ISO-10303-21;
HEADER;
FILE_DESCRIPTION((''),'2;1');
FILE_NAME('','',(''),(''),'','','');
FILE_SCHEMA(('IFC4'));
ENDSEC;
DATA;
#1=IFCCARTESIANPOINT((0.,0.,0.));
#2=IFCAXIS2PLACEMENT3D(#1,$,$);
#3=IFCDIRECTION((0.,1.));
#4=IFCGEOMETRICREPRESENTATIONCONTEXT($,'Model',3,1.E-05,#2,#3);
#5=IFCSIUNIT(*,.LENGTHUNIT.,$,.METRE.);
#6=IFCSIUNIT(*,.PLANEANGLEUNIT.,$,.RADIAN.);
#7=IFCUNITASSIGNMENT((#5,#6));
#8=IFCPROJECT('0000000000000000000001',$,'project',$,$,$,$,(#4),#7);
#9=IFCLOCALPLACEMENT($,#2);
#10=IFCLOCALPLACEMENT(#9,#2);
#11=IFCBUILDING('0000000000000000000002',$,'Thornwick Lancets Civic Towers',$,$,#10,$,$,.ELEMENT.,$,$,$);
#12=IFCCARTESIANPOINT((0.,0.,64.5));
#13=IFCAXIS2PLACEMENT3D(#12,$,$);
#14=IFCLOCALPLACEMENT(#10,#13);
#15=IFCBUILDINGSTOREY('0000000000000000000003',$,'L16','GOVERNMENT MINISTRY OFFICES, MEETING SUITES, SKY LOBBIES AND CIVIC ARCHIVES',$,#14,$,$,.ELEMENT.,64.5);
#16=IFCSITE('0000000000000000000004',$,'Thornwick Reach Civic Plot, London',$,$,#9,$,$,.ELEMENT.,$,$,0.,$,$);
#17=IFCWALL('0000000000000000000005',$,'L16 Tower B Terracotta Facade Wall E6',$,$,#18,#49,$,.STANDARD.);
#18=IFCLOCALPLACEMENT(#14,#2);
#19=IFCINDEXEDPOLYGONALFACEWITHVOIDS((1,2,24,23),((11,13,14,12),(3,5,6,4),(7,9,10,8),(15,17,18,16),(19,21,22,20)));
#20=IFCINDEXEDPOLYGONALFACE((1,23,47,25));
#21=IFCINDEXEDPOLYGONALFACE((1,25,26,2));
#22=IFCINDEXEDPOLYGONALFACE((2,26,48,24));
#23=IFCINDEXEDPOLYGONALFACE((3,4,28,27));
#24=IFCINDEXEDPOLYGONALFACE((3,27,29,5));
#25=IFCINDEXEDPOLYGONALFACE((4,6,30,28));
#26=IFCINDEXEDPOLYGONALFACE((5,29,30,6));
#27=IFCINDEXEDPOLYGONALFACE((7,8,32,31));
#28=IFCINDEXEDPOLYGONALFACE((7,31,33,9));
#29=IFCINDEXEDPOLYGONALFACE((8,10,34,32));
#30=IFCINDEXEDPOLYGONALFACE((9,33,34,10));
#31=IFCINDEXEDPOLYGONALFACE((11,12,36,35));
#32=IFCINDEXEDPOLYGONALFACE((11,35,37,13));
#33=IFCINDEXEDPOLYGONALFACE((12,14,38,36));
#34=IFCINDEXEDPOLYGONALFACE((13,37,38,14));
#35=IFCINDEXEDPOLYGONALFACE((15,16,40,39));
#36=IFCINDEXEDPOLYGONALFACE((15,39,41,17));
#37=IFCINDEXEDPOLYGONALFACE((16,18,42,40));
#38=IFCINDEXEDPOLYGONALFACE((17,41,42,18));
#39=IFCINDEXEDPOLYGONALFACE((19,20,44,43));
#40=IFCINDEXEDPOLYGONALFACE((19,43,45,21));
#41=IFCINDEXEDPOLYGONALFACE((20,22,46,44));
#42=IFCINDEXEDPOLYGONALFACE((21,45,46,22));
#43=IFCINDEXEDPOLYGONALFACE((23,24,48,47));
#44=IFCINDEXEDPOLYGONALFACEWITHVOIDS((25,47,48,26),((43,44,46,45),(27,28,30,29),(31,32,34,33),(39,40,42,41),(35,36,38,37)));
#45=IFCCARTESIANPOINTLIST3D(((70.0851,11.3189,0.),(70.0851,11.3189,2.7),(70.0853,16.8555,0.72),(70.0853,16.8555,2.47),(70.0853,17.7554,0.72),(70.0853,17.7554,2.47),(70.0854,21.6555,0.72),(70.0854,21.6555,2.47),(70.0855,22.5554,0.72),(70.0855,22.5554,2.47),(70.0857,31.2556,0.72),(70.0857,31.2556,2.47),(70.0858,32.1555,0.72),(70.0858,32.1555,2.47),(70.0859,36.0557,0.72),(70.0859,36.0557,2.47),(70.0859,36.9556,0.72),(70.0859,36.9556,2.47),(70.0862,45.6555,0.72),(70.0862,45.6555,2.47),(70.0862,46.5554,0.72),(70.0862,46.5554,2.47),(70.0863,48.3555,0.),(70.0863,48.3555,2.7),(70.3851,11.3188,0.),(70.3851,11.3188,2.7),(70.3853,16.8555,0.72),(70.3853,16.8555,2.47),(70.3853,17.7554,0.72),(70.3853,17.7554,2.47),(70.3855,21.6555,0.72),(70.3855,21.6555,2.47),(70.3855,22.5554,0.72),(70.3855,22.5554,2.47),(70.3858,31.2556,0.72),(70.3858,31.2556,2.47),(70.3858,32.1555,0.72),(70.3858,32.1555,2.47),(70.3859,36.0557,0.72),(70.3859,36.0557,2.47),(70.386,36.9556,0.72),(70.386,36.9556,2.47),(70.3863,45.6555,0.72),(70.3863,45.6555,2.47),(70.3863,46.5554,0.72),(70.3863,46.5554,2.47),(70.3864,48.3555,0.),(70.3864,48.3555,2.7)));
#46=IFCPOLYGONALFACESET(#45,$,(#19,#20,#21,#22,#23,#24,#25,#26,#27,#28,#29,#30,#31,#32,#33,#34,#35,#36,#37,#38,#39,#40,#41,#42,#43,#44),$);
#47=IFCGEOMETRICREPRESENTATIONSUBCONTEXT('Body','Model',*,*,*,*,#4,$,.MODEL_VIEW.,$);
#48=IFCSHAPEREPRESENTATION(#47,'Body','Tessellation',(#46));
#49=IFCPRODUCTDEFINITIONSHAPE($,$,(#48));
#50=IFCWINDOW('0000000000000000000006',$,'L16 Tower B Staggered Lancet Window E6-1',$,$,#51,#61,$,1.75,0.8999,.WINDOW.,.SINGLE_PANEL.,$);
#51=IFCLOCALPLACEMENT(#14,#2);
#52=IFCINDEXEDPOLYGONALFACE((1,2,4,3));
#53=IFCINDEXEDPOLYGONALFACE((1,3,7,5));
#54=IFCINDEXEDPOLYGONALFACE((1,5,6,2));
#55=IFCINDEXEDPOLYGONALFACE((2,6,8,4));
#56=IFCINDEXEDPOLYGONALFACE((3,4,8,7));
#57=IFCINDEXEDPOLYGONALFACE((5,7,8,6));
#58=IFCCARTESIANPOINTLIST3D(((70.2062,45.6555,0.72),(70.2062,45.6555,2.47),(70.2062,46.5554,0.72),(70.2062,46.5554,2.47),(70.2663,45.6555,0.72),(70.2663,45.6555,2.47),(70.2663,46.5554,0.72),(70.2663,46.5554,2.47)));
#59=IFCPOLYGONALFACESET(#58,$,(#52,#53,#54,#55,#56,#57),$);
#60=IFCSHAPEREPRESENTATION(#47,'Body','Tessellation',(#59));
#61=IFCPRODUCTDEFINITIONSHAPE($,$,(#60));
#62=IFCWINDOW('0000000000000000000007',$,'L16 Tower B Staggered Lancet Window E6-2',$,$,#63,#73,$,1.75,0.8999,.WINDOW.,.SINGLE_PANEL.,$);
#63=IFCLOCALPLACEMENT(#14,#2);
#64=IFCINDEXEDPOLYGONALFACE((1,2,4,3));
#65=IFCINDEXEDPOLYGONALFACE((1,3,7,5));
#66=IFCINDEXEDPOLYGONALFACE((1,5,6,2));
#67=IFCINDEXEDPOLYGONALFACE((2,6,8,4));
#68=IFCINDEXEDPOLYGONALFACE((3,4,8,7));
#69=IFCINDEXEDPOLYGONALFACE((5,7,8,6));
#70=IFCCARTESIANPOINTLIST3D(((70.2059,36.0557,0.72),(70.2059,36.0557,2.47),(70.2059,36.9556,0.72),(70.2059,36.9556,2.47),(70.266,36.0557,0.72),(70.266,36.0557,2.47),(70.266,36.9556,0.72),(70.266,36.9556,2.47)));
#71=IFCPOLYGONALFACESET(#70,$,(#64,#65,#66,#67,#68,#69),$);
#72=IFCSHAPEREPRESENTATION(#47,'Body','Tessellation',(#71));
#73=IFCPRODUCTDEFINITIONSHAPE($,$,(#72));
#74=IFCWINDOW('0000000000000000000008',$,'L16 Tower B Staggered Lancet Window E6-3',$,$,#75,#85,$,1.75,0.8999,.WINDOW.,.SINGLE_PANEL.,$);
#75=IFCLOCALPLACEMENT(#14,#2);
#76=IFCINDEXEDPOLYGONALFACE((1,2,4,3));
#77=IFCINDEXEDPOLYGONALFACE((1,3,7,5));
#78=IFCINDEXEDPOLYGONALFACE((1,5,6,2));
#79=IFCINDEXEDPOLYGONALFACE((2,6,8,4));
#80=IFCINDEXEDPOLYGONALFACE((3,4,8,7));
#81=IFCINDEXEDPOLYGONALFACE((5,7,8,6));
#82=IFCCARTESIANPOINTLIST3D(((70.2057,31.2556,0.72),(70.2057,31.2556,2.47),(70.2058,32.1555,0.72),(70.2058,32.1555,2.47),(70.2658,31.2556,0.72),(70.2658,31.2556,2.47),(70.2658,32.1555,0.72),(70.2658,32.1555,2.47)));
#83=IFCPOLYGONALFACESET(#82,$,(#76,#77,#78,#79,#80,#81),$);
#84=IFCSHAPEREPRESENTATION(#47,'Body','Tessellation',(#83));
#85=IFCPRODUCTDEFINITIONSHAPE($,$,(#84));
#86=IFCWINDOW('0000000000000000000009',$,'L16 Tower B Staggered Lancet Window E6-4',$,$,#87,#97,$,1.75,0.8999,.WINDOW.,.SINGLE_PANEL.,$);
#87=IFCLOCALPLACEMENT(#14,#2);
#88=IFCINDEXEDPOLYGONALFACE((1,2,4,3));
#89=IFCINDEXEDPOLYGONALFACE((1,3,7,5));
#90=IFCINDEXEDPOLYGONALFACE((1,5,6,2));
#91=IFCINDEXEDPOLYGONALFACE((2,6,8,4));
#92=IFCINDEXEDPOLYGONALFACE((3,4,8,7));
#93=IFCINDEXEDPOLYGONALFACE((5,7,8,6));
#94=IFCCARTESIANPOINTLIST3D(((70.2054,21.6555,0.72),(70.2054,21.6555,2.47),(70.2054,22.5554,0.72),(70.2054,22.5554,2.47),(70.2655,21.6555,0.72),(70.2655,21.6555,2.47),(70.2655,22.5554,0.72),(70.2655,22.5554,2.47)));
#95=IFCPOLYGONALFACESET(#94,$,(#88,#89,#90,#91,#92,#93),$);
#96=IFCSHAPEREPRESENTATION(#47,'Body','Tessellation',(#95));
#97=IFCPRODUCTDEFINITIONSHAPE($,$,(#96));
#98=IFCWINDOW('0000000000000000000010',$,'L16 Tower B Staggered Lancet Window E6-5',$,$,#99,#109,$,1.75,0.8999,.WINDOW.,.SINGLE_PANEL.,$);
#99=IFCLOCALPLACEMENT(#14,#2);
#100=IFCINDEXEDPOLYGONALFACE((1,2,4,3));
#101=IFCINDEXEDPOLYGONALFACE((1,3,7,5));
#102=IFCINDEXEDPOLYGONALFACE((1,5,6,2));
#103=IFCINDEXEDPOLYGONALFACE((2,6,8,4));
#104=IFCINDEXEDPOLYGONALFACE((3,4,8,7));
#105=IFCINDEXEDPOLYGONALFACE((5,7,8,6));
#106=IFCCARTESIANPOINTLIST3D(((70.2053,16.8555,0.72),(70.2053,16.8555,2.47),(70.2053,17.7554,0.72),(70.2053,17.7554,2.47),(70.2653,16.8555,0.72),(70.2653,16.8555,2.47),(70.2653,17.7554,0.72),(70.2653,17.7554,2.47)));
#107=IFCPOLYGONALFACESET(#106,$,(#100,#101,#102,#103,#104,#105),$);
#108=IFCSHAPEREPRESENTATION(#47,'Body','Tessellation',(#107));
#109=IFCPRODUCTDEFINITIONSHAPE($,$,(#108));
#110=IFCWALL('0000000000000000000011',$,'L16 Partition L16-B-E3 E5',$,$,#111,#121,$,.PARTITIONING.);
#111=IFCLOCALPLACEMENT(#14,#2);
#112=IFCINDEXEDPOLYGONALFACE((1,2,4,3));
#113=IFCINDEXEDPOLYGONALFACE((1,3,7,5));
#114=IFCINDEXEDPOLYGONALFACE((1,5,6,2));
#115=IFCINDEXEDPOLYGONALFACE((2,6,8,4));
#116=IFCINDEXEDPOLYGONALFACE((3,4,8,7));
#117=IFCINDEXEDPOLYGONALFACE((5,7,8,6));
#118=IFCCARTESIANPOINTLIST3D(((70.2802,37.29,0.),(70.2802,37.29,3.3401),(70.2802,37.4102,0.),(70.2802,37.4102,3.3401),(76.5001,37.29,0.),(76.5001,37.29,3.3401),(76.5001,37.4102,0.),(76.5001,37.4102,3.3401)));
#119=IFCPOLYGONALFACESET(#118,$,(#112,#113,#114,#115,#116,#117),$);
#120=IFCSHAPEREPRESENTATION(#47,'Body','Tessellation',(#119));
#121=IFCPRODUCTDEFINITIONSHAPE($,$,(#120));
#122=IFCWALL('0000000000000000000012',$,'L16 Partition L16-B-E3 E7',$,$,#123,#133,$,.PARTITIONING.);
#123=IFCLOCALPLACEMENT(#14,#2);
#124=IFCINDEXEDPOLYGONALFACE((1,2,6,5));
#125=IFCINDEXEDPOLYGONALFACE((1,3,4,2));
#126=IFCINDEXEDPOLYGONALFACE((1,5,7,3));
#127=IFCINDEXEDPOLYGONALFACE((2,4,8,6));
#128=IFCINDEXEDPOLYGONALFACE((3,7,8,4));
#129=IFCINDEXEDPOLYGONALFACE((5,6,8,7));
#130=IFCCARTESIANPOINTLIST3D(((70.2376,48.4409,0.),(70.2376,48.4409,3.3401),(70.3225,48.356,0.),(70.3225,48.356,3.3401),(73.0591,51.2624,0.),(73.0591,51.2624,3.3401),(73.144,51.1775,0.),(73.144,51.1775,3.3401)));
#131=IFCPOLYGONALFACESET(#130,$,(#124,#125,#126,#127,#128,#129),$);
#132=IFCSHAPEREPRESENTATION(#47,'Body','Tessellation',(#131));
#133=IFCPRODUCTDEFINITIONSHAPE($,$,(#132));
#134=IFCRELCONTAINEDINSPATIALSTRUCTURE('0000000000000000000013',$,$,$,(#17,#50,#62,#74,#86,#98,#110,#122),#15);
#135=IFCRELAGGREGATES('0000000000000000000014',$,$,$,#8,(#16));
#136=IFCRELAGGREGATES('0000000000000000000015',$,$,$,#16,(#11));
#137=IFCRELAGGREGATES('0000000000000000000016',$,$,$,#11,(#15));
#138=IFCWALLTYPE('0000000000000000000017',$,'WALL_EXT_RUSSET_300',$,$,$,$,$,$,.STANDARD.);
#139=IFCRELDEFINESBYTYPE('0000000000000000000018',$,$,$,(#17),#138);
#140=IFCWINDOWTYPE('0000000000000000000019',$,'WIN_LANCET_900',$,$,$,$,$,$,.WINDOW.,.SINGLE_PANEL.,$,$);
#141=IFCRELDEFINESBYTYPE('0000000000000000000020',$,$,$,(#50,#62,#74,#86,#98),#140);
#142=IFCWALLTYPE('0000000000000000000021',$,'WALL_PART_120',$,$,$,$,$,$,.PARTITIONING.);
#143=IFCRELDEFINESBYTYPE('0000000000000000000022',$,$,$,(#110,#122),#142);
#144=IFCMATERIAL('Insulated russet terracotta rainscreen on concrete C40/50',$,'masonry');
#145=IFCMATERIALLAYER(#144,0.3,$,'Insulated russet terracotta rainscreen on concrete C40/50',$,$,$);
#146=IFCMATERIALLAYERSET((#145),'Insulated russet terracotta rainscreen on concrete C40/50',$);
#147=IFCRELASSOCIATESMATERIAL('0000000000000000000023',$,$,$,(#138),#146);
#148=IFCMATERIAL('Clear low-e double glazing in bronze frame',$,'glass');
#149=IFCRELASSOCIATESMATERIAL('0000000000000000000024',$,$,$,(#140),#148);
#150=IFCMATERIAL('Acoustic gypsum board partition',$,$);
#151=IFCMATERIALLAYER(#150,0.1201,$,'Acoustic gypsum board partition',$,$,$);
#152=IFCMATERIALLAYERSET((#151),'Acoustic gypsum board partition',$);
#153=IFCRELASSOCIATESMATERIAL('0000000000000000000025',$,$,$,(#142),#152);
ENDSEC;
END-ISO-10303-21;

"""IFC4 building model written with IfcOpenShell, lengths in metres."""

from ifc_helpers import new_model, si_unit, direction, frame, frame_2d, origin, place, context, subcontext, project, spatial, rectangle, extrude, material, layer, layer_set, type_object, element, fill, save


model = new_model("IFC4")

# Units and contexts
model_context = context("Model", 3, precision=1e-05, world=origin(), true_north=direction((0.0, 1.0)))
body_context = subcontext(model_context, "Body", "Model", "MODEL_VIEW")
ifc_project = project(units=[si_unit("LENGTHUNIT", "METRE"), si_unit("PLANEANGLEUNIT", "RADIAN")], contexts=[model_context])

# Site, building, storey
site_placement = place(None, origin())
site = spatial("IfcSite", under=ifc_project, at=site_placement, Name="Thornwick Reach Civic Plot, London", CompositionType="ELEMENT", RefElevation=0.0)
building_placement = place(site_placement, origin())
building = spatial("IfcBuilding", under=site, at=building_placement, Name="Thornwick Lancets Civic Towers", CompositionType="ELEMENT")
storey_placement = place(building_placement, frame((0.0, 0.0, 64.5)))
storey = spatial("IfcBuildingStorey", under=building, at=storey_placement, Name="L16", Description="GOVERNMENT MINISTRY OFFICES, MEETING SUITES, SKY LOBBIES AND CIVIC ARCHIVES", CompositionType="ELEMENT", Elevation=64.5)

# Wall, openings, windows
ifc_material_1 = material(Name="Insulated russet terracotta rainscreen on concrete C40/50", Category="masonry")
ifc_layer_1 = layer(ifc_material_1, 0.3, Name="Insulated russet terracotta rainscreen on concrete C40/50")
ifc_layer_set_1 = layer_set([ifc_layer_1], Name="Insulated russet terracotta rainscreen on concrete C40/50")
wall_type_1 = type_object("IfcWallType", Name="WALL_EXT_RUSSET_300", PredefinedType="STANDARD", material=ifc_layer_set_1)
wall_1_placement = place(storey_placement, frame((70.2363, 48.3555, 0.0), z_axis=(0.0, 0.0, 1.0), x_axis=(-0.000033, -1.0, 0.0)))
wall_1 = element("IfcWall", 1, at=wall_1_placement, inside=storey, type_object=wall_type_1, Name="L16 Tower B Terracotta Facade Wall E6", PredefinedType="STANDARD", context=body_context, shape_type="SweptSolid", body=[
    extrude(rectangle(XDim=37.0366, YDim=0.3, at=frame_2d((18.5183, 0.0))), origin(), (0.0, 0.0, 1.0), 2.7),
])
opening_1_placement = place(wall_1_placement, frame((1.8, 0.0, 0.72)))
opening_1 = element("IfcOpeningElement", 2, at=opening_1_placement, cuts=wall_1, PredefinedType="OPENING", context=body_context, shape_type="SweptSolid", body=[
    extrude(rectangle(XDim=0.8999, YDim=1.75, at=frame_2d((0.45, 0.875))), frame((0.0, 0.1602, 0.0), z_axis=(0.0, -1.0, 0.0), x_axis=(1.0, 0.0, 0.0)), (0.0, 0.0, 1.0), 0.3201),
])
opening_2_placement = place(wall_1_placement, frame((11.3999, 0.0, 0.72)))
opening_2 = element("IfcOpeningElement", 3, at=opening_2_placement, cuts=wall_1, PredefinedType="OPENING", context=body_context, shape_type="SweptSolid", body=[
    extrude(rectangle(XDim=0.8999, YDim=1.75, at=frame_2d((0.45, 0.875))), frame((0.0, 0.1602, 0.0), z_axis=(0.0, -1.0, 0.0), x_axis=(1.0, 0.0, 0.0)), (0.0, 0.0, 1.0), 0.3201),
])
opening_3_placement = place(wall_1_placement, frame((16.2, 0.0, 0.72)))
opening_3 = element("IfcOpeningElement", 4, at=opening_3_placement, cuts=wall_1, PredefinedType="OPENING", context=body_context, shape_type="SweptSolid", body=[
    extrude(rectangle(XDim=0.8999, YDim=1.75, at=frame_2d((0.45, 0.875))), frame((0.0, 0.1602, 0.0), z_axis=(0.0, -1.0, 0.0), x_axis=(1.0, 0.0, 0.0)), (0.0, 0.0, 1.0), 0.3201),
])
opening_4_placement = place(wall_1_placement, frame((25.8, 0.0, 0.72)))
opening_4 = element("IfcOpeningElement", 5, at=opening_4_placement, cuts=wall_1, PredefinedType="OPENING", context=body_context, shape_type="SweptSolid", body=[
    extrude(rectangle(XDim=0.8999, YDim=1.75, at=frame_2d((0.45, 0.875))), frame((0.0, 0.1602, 0.0), z_axis=(0.0, -1.0, 0.0), x_axis=(1.0, 0.0, 0.0)), (0.0, 0.0, 1.0), 0.3201),
])
opening_5_placement = place(wall_1_placement, frame((30.6001, 0.0, 0.72)))
opening_5 = element("IfcOpeningElement", 6, at=opening_5_placement, cuts=wall_1, PredefinedType="OPENING", context=body_context, shape_type="SweptSolid", body=[
    extrude(rectangle(XDim=0.8999, YDim=1.75, at=frame_2d((0.45, 0.875))), frame((0.0, 0.1602, 0.0), z_axis=(0.0, -1.0, 0.0), x_axis=(1.0, 0.0, 0.0)), (0.0, 0.0, 1.0), 0.3201),
])
ifc_material_2 = material(Name="Clear low-e double glazing in bronze frame", Category="glass")
window_type = type_object("IfcWindowType", Name="WIN_LANCET_900", PartitioningType="SINGLE_PANEL", PredefinedType="WINDOW", material=ifc_material_2)
window_1_placement = place(opening_1_placement, origin())
window_1 = element("IfcWindow", 7, at=window_1_placement, inside=storey, type_object=window_type, Name="L16 Tower B Staggered Lancet Window E6-1", OverallHeight=1.75, OverallWidth=0.8999, PartitioningType="SINGLE_PANEL", PredefinedType="WINDOW", context=body_context, shape_type="SweptSolid", body=[
    extrude(rectangle(XDim=0.8999, YDim=1.75, at=frame_2d((0.45, 0.875))), frame((0.0, 0.03, 0.0), z_axis=(0.0, -1.0, 0.0), x_axis=(1.0, 0.0, 0.0)), (0.0, 0.0, 1.0), 0.0601),
])
fill(opening_1, window_1)
window_2_placement = place(opening_2_placement, origin())
window_2 = element("IfcWindow", 8, at=window_2_placement, inside=storey, type_object=window_type, Name="L16 Tower B Staggered Lancet Window E6-2", OverallHeight=1.75, OverallWidth=0.8999, PartitioningType="SINGLE_PANEL", PredefinedType="WINDOW", context=body_context, shape_type="SweptSolid", body=[
    extrude(rectangle(XDim=0.8999, YDim=1.75, at=frame_2d((0.45, 0.875))), frame((0.0, 0.03, 0.0), z_axis=(0.0, -1.0, 0.0), x_axis=(1.0, 0.0, 0.0)), (0.0, 0.0, 1.0), 0.0601),
])
fill(opening_2, window_2)
window_3_placement = place(opening_3_placement, origin())
window_3 = element("IfcWindow", 9, at=window_3_placement, inside=storey, type_object=window_type, Name="L16 Tower B Staggered Lancet Window E6-3", OverallHeight=1.75, OverallWidth=0.8999, PartitioningType="SINGLE_PANEL", PredefinedType="WINDOW", context=body_context, shape_type="SweptSolid", body=[
    extrude(rectangle(XDim=0.8999, YDim=1.75, at=frame_2d((0.45, 0.875))), frame((0.0, 0.03, 0.0), z_axis=(0.0, -1.0, 0.0), x_axis=(1.0, 0.0, 0.0)), (0.0, 0.0, 1.0), 0.0601),
])
fill(opening_3, window_3)
window_4_placement = place(opening_4_placement, origin())
window_4 = element("IfcWindow", 10, at=window_4_placement, inside=storey, type_object=window_type, Name="L16 Tower B Staggered Lancet Window E6-4", OverallHeight=1.75, OverallWidth=0.8999, PartitioningType="SINGLE_PANEL", PredefinedType="WINDOW", context=body_context, shape_type="SweptSolid", body=[
    extrude(rectangle(XDim=0.8999, YDim=1.75, at=frame_2d((0.45, 0.875))), frame((0.0, 0.03, 0.0), z_axis=(0.0, -1.0, 0.0), x_axis=(1.0, 0.0, 0.0)), (0.0, 0.0, 1.0), 0.0601),
])
fill(opening_4, window_4)
window_5_placement = place(opening_5_placement, origin())
window_5 = element("IfcWindow", 11, at=window_5_placement, inside=storey, type_object=window_type, Name="L16 Tower B Staggered Lancet Window E6-5", OverallHeight=1.75, OverallWidth=0.8999, PartitioningType="SINGLE_PANEL", PredefinedType="WINDOW", context=body_context, shape_type="SweptSolid", body=[
    extrude(rectangle(XDim=0.8999, YDim=1.75, at=frame_2d((0.45, 0.875))), frame((0.0, 0.03, 0.0), z_axis=(0.0, -1.0, 0.0), x_axis=(1.0, 0.0, 0.0)), (0.0, 0.0, 1.0), 0.0601),
])
fill(opening_5, window_5)

# Walls
ifc_material_3 = material(Name="Acoustic gypsum board partition")
ifc_layer_2 = layer(ifc_material_3, 0.1201, Name="Acoustic gypsum board partition")
ifc_layer_set_2 = layer_set([ifc_layer_2], Name="Acoustic gypsum board partition")
wall_type_2 = type_object("IfcWallType", Name="WALL_PART_120", PredefinedType="PARTITIONING", material=ifc_layer_set_2)
wall_2_placement = place(storey_placement, frame((76.5, 37.3501, 0.0), z_axis=(0.0, 0.0, 1.0), x_axis=(-1.0, 0.0, 0.0)))
element("IfcWall", 12, at=wall_2_placement, inside=storey, type_object=wall_type_2, Name="L16 Partition L16-B-E3 E5", PredefinedType="PARTITIONING", context=body_context, shape_type="SweptSolid", body=[
    extrude(rectangle(XDim=6.22, YDim=0.1201, at=frame_2d((3.1099, 0.0))), origin(), (0.0, 0.0, 1.0), 3.3401),
])
wall_3_placement = place(storey_placement, frame((70.28, 48.3984, 0.0), z_axis=(0.0, 0.0, 1.0), x_axis=(0.707107, 0.707107, 0.0)))
element("IfcWall", 13, at=wall_3_placement, inside=storey, type_object=wall_type_2, Name="L16 Partition L16-B-E3 E7", PredefinedType="PARTITIONING", context=body_context, shape_type="SweptSolid", body=[
    extrude(rectangle(XDim=3.9902, YDim=0.1201, at=frame_2d((1.9951, 0.0))), origin(), (0.0, 0.0, 1.0), 3.3401),
])

save(model, "model.ifc")
